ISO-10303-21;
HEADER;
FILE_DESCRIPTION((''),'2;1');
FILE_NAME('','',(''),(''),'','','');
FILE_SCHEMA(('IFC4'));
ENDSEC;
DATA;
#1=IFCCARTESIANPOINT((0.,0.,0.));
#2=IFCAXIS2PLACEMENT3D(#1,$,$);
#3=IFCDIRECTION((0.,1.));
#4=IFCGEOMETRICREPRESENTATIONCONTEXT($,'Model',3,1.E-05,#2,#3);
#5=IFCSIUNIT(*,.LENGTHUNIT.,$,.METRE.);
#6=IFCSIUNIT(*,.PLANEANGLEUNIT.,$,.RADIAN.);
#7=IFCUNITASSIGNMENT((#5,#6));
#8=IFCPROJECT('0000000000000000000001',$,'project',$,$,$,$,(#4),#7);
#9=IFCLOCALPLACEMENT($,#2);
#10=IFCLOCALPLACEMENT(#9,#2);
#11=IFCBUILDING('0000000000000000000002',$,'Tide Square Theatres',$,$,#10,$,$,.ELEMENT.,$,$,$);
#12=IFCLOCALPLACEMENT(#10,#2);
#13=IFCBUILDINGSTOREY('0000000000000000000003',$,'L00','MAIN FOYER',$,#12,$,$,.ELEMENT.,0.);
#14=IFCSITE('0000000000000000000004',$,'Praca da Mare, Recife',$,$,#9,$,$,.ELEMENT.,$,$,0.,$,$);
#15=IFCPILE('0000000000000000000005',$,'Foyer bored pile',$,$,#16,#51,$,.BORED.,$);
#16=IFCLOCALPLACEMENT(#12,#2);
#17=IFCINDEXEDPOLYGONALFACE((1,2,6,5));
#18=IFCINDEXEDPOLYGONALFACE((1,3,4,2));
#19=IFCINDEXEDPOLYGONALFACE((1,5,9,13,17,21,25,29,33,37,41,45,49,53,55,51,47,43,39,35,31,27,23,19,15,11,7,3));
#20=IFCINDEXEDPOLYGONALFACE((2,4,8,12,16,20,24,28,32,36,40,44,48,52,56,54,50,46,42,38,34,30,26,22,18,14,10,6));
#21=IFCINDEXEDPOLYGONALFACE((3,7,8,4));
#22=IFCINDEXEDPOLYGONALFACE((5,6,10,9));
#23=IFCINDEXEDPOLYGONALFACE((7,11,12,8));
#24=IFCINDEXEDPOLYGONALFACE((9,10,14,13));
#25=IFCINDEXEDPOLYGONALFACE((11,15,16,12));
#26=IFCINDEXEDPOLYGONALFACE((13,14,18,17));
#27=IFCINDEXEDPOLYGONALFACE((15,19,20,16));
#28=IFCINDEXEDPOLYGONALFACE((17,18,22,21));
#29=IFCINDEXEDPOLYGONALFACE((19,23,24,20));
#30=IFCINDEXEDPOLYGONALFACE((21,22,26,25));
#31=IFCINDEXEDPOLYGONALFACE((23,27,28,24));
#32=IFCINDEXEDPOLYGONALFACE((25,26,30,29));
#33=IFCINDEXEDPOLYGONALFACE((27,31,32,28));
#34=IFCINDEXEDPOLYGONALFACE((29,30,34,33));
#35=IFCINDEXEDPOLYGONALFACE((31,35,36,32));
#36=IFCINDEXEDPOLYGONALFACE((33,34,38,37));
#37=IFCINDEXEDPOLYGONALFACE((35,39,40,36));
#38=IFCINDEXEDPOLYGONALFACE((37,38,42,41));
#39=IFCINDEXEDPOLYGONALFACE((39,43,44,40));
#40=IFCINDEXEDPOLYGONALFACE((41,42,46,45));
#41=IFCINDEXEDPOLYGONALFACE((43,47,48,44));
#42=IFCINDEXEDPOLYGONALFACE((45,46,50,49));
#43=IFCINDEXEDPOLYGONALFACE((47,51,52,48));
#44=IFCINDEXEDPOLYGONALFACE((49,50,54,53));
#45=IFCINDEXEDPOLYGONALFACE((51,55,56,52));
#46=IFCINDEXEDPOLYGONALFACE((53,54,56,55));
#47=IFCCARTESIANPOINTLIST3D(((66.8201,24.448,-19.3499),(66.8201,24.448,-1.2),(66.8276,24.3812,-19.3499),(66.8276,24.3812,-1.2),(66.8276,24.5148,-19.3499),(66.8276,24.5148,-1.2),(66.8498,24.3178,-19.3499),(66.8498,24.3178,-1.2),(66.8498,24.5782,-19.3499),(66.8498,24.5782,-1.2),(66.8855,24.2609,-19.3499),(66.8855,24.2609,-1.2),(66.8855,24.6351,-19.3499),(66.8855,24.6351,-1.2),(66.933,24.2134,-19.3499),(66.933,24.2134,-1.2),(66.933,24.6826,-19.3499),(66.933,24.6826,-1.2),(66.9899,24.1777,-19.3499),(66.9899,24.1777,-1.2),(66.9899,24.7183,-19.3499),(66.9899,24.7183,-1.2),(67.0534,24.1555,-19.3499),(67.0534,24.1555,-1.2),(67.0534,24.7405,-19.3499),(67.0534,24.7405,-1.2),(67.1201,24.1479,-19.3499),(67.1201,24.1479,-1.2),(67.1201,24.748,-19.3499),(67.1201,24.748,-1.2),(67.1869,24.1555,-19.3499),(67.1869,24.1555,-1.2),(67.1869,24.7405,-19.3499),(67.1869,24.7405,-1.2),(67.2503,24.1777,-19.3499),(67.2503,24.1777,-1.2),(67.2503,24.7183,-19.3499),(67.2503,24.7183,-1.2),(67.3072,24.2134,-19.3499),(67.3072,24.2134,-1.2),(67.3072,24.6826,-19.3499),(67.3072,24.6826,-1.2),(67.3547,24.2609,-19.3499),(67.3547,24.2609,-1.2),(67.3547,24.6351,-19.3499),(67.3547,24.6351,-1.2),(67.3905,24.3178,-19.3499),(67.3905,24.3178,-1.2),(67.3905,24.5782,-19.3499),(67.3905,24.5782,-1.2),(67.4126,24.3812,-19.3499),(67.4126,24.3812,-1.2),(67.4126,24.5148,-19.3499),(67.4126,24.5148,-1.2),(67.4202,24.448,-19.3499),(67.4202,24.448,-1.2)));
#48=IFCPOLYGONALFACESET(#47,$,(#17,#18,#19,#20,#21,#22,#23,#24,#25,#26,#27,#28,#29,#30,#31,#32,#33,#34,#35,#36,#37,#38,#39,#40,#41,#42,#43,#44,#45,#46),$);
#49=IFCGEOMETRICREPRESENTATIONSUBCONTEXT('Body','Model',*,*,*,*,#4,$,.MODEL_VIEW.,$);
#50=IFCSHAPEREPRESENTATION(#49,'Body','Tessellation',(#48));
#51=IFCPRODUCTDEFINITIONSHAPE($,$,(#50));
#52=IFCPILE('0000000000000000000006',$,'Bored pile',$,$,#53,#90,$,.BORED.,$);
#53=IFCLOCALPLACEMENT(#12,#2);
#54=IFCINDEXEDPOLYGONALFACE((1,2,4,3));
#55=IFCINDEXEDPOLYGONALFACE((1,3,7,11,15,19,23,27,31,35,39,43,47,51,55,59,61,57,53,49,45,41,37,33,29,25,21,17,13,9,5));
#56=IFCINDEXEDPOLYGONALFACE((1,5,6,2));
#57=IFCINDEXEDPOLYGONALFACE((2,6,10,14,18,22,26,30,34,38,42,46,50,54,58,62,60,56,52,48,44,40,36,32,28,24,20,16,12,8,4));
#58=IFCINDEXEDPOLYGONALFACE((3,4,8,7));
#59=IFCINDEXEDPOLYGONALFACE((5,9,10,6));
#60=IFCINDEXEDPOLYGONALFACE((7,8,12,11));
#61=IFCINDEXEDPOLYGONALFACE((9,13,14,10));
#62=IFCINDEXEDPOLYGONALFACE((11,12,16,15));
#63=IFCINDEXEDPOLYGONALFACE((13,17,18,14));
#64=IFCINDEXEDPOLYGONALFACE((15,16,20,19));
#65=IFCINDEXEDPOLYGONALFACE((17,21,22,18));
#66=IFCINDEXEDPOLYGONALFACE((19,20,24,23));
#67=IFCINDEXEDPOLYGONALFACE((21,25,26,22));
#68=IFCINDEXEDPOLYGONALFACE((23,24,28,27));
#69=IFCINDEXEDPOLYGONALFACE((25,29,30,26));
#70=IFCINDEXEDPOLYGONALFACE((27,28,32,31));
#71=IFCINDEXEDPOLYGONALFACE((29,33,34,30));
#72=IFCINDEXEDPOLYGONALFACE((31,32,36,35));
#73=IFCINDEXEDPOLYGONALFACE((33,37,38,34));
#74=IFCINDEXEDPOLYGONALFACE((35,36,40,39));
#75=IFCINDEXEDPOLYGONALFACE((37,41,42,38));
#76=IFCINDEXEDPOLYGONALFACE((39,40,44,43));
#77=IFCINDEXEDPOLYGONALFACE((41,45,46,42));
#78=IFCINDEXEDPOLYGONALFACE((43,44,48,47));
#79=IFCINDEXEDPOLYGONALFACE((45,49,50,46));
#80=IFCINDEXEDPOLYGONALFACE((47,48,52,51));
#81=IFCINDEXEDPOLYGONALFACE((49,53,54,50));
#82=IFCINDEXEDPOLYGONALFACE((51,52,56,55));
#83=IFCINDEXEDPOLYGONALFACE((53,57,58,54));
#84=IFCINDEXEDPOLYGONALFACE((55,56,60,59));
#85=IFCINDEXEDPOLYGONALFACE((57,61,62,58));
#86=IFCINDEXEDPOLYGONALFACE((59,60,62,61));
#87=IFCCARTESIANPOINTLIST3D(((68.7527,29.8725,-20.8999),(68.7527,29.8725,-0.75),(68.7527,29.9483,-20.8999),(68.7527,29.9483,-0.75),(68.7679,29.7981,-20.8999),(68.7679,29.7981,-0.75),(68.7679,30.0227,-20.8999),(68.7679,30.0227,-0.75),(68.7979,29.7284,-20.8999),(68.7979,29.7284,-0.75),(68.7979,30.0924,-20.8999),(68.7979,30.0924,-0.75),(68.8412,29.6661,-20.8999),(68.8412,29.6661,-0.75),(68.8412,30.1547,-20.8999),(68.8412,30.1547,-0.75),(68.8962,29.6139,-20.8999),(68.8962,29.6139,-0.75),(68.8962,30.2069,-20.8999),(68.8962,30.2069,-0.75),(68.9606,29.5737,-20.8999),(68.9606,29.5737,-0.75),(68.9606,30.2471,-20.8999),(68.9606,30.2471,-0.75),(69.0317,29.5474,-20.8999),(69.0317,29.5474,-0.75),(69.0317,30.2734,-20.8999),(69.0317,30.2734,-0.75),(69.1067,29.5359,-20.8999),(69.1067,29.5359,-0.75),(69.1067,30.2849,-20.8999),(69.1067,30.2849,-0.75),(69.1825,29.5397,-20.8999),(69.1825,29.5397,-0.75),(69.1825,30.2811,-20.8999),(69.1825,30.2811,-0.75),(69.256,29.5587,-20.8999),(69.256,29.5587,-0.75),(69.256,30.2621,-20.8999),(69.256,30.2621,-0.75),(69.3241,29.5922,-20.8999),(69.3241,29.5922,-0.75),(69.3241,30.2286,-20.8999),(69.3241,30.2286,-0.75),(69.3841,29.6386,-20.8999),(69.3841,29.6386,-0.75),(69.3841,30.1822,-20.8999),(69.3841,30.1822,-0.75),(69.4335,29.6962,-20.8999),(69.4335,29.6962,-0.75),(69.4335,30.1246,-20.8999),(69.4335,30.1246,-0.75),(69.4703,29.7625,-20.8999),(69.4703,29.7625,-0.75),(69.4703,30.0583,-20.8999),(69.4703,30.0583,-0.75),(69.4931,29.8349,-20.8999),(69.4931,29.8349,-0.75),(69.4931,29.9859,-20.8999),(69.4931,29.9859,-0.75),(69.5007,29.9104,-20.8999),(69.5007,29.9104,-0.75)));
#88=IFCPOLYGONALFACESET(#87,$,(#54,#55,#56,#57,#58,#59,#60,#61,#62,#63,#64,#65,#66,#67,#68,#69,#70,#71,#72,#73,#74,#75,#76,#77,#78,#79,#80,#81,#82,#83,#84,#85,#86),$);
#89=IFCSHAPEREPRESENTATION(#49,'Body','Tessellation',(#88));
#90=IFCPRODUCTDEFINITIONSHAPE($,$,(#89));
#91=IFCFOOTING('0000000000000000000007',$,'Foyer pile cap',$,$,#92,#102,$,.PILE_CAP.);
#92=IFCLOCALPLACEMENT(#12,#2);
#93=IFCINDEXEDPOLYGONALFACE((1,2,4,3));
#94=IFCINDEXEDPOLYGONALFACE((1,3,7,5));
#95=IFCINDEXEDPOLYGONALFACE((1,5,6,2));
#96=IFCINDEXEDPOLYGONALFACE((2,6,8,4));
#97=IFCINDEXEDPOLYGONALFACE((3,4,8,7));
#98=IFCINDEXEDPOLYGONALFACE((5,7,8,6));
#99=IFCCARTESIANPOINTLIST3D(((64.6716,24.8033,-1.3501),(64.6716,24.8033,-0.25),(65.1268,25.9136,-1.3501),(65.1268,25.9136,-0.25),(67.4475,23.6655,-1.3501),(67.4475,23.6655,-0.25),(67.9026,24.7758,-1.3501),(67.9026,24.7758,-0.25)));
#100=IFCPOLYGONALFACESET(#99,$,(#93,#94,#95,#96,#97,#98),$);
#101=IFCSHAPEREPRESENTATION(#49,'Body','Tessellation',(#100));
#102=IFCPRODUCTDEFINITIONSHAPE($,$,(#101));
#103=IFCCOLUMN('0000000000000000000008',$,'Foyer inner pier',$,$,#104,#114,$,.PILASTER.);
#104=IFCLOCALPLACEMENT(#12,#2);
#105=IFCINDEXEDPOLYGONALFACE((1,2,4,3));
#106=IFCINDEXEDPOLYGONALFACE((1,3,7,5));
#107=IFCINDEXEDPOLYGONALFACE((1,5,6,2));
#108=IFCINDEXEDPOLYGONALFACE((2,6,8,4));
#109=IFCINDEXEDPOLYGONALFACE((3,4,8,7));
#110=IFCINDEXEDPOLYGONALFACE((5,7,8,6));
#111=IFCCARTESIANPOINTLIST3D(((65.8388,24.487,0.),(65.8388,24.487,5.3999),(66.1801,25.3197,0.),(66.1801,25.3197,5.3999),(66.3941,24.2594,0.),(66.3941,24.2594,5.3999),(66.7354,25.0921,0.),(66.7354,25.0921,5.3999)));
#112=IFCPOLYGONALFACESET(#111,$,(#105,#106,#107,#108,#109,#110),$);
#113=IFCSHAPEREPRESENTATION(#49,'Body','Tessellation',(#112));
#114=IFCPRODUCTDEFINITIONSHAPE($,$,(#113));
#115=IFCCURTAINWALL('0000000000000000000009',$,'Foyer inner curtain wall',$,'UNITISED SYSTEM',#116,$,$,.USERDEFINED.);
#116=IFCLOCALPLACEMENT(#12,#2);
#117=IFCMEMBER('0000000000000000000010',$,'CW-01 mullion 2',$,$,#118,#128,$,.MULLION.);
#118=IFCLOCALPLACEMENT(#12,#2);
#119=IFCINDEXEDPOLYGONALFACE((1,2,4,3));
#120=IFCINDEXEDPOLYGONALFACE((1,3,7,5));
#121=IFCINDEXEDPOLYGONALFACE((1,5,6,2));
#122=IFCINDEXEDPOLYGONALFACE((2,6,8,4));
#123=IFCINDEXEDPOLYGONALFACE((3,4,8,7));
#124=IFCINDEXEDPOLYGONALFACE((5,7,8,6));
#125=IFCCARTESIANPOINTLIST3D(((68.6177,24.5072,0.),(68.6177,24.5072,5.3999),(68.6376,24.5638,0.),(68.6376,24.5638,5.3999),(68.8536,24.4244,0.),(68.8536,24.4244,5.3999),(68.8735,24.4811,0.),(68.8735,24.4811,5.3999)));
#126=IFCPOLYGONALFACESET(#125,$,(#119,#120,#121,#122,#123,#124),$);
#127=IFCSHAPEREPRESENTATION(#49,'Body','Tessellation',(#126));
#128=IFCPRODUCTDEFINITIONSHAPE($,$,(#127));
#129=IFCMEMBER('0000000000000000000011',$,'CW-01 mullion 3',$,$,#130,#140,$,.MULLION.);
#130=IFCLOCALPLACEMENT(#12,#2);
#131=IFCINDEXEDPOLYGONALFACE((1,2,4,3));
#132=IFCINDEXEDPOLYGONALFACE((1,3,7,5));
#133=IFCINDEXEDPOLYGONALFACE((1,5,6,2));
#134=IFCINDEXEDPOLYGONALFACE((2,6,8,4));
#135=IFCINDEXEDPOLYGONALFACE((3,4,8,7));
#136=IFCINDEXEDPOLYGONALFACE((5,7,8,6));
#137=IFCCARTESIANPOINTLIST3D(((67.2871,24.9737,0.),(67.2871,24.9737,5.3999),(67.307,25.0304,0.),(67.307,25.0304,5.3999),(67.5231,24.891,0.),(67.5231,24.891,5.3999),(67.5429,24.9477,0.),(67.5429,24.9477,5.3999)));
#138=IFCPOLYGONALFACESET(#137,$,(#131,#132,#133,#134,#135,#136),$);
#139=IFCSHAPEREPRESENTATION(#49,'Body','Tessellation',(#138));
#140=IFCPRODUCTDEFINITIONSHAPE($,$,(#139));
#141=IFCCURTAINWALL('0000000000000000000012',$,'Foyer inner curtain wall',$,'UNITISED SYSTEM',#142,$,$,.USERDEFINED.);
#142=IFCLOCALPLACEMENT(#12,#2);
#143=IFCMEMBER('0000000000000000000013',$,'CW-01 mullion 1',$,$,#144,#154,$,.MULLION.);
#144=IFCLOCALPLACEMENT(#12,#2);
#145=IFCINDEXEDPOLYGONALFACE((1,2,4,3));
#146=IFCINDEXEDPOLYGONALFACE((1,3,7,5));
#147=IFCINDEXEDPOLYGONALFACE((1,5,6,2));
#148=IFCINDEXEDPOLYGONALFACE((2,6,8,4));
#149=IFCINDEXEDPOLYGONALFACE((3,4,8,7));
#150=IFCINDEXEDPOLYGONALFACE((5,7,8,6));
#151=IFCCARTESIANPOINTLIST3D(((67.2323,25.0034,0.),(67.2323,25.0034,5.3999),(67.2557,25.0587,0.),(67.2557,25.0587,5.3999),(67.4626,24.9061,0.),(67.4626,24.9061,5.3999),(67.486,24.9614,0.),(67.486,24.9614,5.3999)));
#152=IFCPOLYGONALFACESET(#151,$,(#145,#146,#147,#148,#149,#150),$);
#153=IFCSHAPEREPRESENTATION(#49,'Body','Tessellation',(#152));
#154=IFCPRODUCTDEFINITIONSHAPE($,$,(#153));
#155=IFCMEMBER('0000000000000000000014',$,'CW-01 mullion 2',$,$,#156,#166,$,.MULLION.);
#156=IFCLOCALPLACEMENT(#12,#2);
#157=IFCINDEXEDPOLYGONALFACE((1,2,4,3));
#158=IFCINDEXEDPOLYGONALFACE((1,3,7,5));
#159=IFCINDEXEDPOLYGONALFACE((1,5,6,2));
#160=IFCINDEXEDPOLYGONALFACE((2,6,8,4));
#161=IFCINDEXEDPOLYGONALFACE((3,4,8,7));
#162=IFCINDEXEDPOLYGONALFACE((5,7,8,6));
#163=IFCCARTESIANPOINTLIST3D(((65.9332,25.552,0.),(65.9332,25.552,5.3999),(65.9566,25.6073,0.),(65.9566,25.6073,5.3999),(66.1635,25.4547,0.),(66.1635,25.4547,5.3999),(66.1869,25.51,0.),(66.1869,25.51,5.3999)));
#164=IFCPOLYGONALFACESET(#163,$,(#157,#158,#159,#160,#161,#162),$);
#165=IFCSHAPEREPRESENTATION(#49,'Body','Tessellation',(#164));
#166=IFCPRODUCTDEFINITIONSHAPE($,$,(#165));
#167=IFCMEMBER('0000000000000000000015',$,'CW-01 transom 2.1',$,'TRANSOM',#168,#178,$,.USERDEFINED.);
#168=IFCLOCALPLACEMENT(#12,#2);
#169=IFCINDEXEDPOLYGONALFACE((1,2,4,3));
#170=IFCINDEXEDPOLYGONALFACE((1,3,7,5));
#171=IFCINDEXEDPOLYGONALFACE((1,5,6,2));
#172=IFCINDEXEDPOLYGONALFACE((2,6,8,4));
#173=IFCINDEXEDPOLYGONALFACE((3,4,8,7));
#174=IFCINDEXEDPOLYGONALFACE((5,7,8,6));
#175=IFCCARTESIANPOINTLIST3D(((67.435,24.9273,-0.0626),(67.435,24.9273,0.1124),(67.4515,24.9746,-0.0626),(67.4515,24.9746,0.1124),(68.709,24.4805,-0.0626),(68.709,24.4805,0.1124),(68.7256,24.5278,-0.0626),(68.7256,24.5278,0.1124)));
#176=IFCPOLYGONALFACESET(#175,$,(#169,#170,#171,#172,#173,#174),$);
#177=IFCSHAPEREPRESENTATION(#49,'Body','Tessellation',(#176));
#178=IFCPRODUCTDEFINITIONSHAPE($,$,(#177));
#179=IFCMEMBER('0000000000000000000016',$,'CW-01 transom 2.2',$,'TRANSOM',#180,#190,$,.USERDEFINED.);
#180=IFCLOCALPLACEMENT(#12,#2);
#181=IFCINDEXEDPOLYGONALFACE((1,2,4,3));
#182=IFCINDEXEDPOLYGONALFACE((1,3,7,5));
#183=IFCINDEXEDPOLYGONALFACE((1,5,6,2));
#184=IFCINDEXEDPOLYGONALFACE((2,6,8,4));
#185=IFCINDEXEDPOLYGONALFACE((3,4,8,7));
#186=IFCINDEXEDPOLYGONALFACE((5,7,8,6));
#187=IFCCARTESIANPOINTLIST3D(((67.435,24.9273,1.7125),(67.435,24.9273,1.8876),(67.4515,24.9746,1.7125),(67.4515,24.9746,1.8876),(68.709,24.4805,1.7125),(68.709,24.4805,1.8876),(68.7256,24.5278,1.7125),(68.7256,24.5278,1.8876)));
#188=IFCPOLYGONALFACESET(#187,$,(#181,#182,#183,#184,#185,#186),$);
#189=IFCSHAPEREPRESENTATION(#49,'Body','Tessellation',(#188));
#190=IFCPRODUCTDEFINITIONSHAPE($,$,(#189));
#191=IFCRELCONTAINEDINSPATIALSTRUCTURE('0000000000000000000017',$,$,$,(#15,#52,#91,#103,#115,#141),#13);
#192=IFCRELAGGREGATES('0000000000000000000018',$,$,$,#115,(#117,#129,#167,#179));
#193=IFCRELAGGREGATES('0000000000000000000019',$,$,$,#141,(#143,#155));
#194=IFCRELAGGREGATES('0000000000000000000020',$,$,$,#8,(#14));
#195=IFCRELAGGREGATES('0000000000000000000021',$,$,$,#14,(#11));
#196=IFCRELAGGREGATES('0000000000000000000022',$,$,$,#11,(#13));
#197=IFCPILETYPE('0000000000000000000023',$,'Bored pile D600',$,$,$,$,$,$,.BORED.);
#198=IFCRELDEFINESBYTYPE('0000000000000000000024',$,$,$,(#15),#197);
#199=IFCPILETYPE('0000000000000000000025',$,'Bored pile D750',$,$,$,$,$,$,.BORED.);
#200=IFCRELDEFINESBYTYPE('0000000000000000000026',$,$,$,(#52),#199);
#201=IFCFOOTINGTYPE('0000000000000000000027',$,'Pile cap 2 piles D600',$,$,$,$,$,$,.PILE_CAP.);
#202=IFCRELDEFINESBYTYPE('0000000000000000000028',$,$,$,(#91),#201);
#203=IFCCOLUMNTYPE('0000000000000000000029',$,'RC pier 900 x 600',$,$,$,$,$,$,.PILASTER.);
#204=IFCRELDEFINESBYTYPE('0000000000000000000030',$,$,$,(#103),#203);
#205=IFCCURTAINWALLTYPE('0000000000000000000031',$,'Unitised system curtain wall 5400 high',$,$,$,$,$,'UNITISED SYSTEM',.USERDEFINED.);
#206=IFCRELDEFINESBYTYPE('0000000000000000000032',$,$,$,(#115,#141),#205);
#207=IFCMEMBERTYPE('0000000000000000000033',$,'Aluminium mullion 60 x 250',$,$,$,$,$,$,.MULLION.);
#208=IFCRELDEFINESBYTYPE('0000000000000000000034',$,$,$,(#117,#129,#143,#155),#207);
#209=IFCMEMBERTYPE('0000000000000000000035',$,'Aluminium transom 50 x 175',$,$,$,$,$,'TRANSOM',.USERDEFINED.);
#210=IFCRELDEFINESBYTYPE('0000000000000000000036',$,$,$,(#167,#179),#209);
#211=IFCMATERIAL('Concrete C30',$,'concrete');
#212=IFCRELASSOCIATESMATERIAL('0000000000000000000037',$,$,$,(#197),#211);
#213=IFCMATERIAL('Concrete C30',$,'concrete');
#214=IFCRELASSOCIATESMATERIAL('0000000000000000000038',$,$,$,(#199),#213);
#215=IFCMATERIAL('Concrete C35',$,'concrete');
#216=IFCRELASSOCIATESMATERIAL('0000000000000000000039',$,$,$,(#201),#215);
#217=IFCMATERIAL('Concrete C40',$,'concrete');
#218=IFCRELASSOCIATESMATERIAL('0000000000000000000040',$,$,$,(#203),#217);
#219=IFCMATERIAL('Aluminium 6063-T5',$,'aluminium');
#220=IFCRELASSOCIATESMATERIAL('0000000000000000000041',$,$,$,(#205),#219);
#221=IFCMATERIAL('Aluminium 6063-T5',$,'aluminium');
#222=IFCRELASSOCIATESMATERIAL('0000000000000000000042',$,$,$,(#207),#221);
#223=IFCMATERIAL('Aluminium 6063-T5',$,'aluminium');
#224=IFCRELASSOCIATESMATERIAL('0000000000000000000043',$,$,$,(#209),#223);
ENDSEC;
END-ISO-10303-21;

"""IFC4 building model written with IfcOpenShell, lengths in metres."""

from ifc_helpers import new_model, si_unit, direction, frame, origin, origin_2d, place, context, subcontext, project, spatial, rectangle, circle, extrude, material, material_profile, profile_set, type_object, element, aggregate, save


model = new_model("IFC4")

# Units and contexts
model_context = context("Model", 3, precision=1e-05, world=origin(), true_north=direction((0.0, 1.0)))
body_context = subcontext(model_context, "Body", "Model", "MODEL_VIEW")
ifc_project = project(units=[si_unit("LENGTHUNIT", "METRE"), si_unit("PLANEANGLEUNIT", "RADIAN")], contexts=[model_context])

# Site, building, storey
site_placement = place(None, origin())
site = spatial("IfcSite", under=ifc_project, at=site_placement, Name="Praca da Mare, Recife", CompositionType="ELEMENT", RefElevation=0.0)
building_placement = place(site_placement, origin())
building = spatial("IfcBuilding", under=site, at=building_placement, Name="Tide Square Theatres", CompositionType="ELEMENT")
storey_placement = place(building_placement, origin())
storey = spatial("IfcBuildingStorey", under=building, at=storey_placement, Name="L00", Description="MAIN FOYER", CompositionType="ELEMENT", Elevation=0.0)

# Piles
ifc_material_1 = material(Name="Concrete C30", Category="concrete")
ifc_material_profile_1 = material_profile(ifc_material_1, circle(Radius=0.3, at=origin_2d()))
ifc_profile_set_1 = profile_set([ifc_material_profile_1], Name="Concrete C30")
pile_type_1 = type_object("IfcPileType", Name="Bored pile D600", PredefinedType="BORED", material=ifc_profile_set_1)
pile_1_placement = place(storey_placement, frame((67.1201, 24.448, -1.2), z_axis=(0.0, 0.0, -1.0), x_axis=(1.0, 0.0, 0.0)))
element("IfcPile", 1, at=pile_1_placement, inside=storey, type_object=pile_type_1, Name="Foyer bored pile", PredefinedType="BORED", context=body_context, shape_type="SweptSolid", body=[
    extrude(circle(Radius=0.3, at=origin_2d()), origin(), (0.0, 0.0, 1.0), 18.1499),
])
ifc_material_2 = material(Name="Concrete C30", Category="concrete")
ifc_material_profile_2 = material_profile(ifc_material_2, circle(Radius=0.375, at=origin_2d()))
ifc_profile_set_2 = profile_set([ifc_material_profile_2], Name="Concrete C30")
pile_type_2 = type_object("IfcPileType", Name="Bored pile D750", PredefinedType="BORED", material=ifc_profile_set_2)
pile_2_placement = place(storey_placement, frame((69.1257, 29.9104, -0.75), z_axis=(0.0, 0.0, -1.0), x_axis=(1.0, 0.0, 0.0)))
element("IfcPile", 2, at=pile_2_placement, inside=storey, type_object=pile_type_2, Name="Bored pile", PredefinedType="BORED", context=body_context, shape_type="SweptSolid", body=[
    extrude(circle(Radius=0.375, at=origin_2d()), origin(), (0.0, 0.0, 1.0), 20.1499),
])

# Footing
ifc_material_3 = material(Name="Concrete C35", Category="concrete")
footing_type = type_object("IfcFootingType", Name="Pile cap 2 piles D600", PredefinedType="PILE_CAP", material=ifc_material_3)
footing_placement = place(storey_placement, frame((66.2871, 24.7896, -1.3501), z_axis=(0.0, 0.0, 1.0), x_axis=(0.925279, -0.379288, 0.0)))
element("IfcFooting", 3, at=footing_placement, inside=storey, type_object=footing_type, Name="Foyer pile cap", PredefinedType="PILE_CAP", context=body_context, shape_type="SweptSolid", body=[
    extrude(rectangle(XDim=3.0, YDim=1.2, at=origin_2d()), origin(), (0.0, 0.0, 1.0), 1.1001),
])

# Column
ifc_material_4 = material(Name="Concrete C40", Category="concrete")
ifc_material_profile_3 = material_profile(ifc_material_4, rectangle(XDim=0.8999, YDim=0.6001, at=origin_2d()))
ifc_profile_set_3 = profile_set([ifc_material_profile_3], Name="Concrete C40")
column_type = type_object("IfcColumnType", Name="RC pier 900 x 600", PredefinedType="PILASTER", material=ifc_profile_set_3)
column_placement = place(storey_placement, frame((66.2871, 24.7896, 0.0), z_axis=(0.0, 0.0, 1.0), x_axis=(-0.379288, -0.925279, 0.0)))
element("IfcColumn", 4, at=column_placement, inside=storey, type_object=column_type, Name="Foyer inner pier", PredefinedType="PILASTER", context=body_context, shape_type="SweptSolid", body=[
    extrude(rectangle(XDim=0.8999, YDim=0.6001, at=origin_2d()), origin(), (0.0, 0.0, 1.0), 5.3999),
])

# Curtain walls, members
ifc_material_5 = material(Name="Aluminium 6063-T5", Category="aluminium")
curtain_wall_type = type_object("IfcCurtainWallType", Name="Unitised system curtain wall 5400 high", ElementType="UNITISED SYSTEM", PredefinedType="USERDEFINED", material=ifc_material_5)
curtain_wall_1_placement = place(storey_placement, origin())
curtain_wall_1 = element("IfcCurtainWall", 5, at=curtain_wall_1_placement, inside=storey, type_object=curtain_wall_type, Name="Foyer inner curtain wall", ObjectType="UNITISED SYSTEM", PredefinedType="USERDEFINED")
ifc_material_6 = material(Name="Aluminium 6063-T5", Category="aluminium")
ifc_material_profile_4 = material_profile(ifc_material_6, rectangle(XDim=0.0601, YDim=0.25, at=origin_2d()))
ifc_profile_set_4 = profile_set([ifc_material_profile_4], Name="Aluminium 6063-T5")
member_type_1 = type_object("IfcMemberType", Name="Aluminium mullion 60 x 250", PredefinedType="MULLION", material=ifc_profile_set_4)
member_1_placement = place(storey_placement, frame((68.7456, 24.4941, 0.0), z_axis=(0.0, 0.0, 1.0), x_axis=(-0.330876, -0.943674, 0.0)))
member_1 = element("IfcMember", 6, at=member_1_placement, type_object=member_type_1, Name="CW-01 mullion 2", PredefinedType="MULLION", context=body_context, shape_type="SweptSolid", body=[
    extrude(rectangle(XDim=0.0601, YDim=0.25, at=origin_2d()), origin(), (0.0, 0.0, 1.0), 5.3999),
])
member_2_placement = place(storey_placement, frame((67.415, 24.9607, 0.0), z_axis=(0.0, 0.0, 1.0), x_axis=(-0.330876, -0.943674, 0.0)))
member_2 = element("IfcMember", 7, at=member_2_placement, type_object=member_type_1, Name="CW-01 mullion 3", PredefinedType="MULLION", context=body_context, shape_type="SweptSolid", body=[
    extrude(rectangle(XDim=0.0601, YDim=0.25, at=origin_2d()), origin(), (0.0, 0.0, 1.0), 5.3999),
])
curtain_wall_2_placement = place(storey_placement, origin())
curtain_wall_2 = element("IfcCurtainWall", 8, at=curtain_wall_2_placement, inside=storey, type_object=curtain_wall_type, Name="Foyer inner curtain wall", ObjectType="UNITISED SYSTEM", PredefinedType="USERDEFINED")
member_3_placement = place(storey_placement, frame((67.3591, 24.9824, 0.0), z_axis=(0.0, 0.0, 1.0), x_axis=(-0.389137, -0.92118, 0.0)))
member_3 = element("IfcMember", 9, at=member_3_placement, type_object=member_type_1, Name="CW-01 mullion 1", PredefinedType="MULLION", context=body_context, shape_type="SweptSolid", body=[
    extrude(rectangle(XDim=0.0601, YDim=0.25, at=origin_2d()), origin(), (0.0, 0.0, 1.0), 5.3999),
])
member_4_placement = place(storey_placement, frame((66.0601, 25.531, 0.0), z_axis=(0.0, 0.0, 1.0), x_axis=(-0.389137, -0.92118, 0.0)))
member_4 = element("IfcMember", 10, at=member_4_placement, type_object=member_type_1, Name="CW-01 mullion 2", PredefinedType="MULLION", context=body_context, shape_type="SweptSolid", body=[
    extrude(rectangle(XDim=0.0601, YDim=0.25, at=origin_2d()), origin(), (0.0, 0.0, 1.0), 5.3999),
])

# Members
ifc_material_7 = material(Name="Aluminium 6063-T5", Category="aluminium")
ifc_material_profile_5 = material_profile(ifc_material_7, rectangle(XDim=0.05, YDim=0.175, at=origin_2d()))
ifc_profile_set_5 = profile_set([ifc_material_profile_5], Name="Aluminium 6063-T5")
member_type_2 = type_object("IfcMemberType", Name="Aluminium transom 50 x 175", ElementType="TRANSOM", PredefinedType="USERDEFINED", material=ifc_profile_set_5)
member_5_placement = place(storey_placement, frame((68.7173, 24.5042, 0.0249), z_axis=(-0.94365, 0.330946, 0.0), x_axis=(-0.330946, -0.94365, 0.0)))
member_5 = element("IfcMember", 11, at=member_5_placement, type_object=member_type_2, Name="CW-01 transom 2.1", ObjectType="TRANSOM", PredefinedType="USERDEFINED", context=body_context, shape_type="SweptSolid", body=[
    extrude(rectangle(XDim=0.05, YDim=0.175, at=origin_2d()), origin(), (0.0, 0.0, 1.0), 1.3501),
])
member_6_placement = place(storey_placement, frame((68.7173, 24.5042, 1.8), z_axis=(-0.94365, 0.330946, 0.0), x_axis=(-0.330946, -0.94365, 0.0)))
member_6 = element("IfcMember", 12, at=member_6_placement, type_object=member_type_2, Name="CW-01 transom 2.2", ObjectType="TRANSOM", PredefinedType="USERDEFINED", context=body_context, shape_type="SweptSolid", body=[
    extrude(rectangle(XDim=0.05, YDim=0.175, at=origin_2d()), origin(), (0.0, 0.0, 1.0), 1.3501),
])

aggregate(curtain_wall_1, [member_1, member_2, member_5, member_6])
aggregate(curtain_wall_2, [member_3, member_4])

save(model, "model.ifc")
